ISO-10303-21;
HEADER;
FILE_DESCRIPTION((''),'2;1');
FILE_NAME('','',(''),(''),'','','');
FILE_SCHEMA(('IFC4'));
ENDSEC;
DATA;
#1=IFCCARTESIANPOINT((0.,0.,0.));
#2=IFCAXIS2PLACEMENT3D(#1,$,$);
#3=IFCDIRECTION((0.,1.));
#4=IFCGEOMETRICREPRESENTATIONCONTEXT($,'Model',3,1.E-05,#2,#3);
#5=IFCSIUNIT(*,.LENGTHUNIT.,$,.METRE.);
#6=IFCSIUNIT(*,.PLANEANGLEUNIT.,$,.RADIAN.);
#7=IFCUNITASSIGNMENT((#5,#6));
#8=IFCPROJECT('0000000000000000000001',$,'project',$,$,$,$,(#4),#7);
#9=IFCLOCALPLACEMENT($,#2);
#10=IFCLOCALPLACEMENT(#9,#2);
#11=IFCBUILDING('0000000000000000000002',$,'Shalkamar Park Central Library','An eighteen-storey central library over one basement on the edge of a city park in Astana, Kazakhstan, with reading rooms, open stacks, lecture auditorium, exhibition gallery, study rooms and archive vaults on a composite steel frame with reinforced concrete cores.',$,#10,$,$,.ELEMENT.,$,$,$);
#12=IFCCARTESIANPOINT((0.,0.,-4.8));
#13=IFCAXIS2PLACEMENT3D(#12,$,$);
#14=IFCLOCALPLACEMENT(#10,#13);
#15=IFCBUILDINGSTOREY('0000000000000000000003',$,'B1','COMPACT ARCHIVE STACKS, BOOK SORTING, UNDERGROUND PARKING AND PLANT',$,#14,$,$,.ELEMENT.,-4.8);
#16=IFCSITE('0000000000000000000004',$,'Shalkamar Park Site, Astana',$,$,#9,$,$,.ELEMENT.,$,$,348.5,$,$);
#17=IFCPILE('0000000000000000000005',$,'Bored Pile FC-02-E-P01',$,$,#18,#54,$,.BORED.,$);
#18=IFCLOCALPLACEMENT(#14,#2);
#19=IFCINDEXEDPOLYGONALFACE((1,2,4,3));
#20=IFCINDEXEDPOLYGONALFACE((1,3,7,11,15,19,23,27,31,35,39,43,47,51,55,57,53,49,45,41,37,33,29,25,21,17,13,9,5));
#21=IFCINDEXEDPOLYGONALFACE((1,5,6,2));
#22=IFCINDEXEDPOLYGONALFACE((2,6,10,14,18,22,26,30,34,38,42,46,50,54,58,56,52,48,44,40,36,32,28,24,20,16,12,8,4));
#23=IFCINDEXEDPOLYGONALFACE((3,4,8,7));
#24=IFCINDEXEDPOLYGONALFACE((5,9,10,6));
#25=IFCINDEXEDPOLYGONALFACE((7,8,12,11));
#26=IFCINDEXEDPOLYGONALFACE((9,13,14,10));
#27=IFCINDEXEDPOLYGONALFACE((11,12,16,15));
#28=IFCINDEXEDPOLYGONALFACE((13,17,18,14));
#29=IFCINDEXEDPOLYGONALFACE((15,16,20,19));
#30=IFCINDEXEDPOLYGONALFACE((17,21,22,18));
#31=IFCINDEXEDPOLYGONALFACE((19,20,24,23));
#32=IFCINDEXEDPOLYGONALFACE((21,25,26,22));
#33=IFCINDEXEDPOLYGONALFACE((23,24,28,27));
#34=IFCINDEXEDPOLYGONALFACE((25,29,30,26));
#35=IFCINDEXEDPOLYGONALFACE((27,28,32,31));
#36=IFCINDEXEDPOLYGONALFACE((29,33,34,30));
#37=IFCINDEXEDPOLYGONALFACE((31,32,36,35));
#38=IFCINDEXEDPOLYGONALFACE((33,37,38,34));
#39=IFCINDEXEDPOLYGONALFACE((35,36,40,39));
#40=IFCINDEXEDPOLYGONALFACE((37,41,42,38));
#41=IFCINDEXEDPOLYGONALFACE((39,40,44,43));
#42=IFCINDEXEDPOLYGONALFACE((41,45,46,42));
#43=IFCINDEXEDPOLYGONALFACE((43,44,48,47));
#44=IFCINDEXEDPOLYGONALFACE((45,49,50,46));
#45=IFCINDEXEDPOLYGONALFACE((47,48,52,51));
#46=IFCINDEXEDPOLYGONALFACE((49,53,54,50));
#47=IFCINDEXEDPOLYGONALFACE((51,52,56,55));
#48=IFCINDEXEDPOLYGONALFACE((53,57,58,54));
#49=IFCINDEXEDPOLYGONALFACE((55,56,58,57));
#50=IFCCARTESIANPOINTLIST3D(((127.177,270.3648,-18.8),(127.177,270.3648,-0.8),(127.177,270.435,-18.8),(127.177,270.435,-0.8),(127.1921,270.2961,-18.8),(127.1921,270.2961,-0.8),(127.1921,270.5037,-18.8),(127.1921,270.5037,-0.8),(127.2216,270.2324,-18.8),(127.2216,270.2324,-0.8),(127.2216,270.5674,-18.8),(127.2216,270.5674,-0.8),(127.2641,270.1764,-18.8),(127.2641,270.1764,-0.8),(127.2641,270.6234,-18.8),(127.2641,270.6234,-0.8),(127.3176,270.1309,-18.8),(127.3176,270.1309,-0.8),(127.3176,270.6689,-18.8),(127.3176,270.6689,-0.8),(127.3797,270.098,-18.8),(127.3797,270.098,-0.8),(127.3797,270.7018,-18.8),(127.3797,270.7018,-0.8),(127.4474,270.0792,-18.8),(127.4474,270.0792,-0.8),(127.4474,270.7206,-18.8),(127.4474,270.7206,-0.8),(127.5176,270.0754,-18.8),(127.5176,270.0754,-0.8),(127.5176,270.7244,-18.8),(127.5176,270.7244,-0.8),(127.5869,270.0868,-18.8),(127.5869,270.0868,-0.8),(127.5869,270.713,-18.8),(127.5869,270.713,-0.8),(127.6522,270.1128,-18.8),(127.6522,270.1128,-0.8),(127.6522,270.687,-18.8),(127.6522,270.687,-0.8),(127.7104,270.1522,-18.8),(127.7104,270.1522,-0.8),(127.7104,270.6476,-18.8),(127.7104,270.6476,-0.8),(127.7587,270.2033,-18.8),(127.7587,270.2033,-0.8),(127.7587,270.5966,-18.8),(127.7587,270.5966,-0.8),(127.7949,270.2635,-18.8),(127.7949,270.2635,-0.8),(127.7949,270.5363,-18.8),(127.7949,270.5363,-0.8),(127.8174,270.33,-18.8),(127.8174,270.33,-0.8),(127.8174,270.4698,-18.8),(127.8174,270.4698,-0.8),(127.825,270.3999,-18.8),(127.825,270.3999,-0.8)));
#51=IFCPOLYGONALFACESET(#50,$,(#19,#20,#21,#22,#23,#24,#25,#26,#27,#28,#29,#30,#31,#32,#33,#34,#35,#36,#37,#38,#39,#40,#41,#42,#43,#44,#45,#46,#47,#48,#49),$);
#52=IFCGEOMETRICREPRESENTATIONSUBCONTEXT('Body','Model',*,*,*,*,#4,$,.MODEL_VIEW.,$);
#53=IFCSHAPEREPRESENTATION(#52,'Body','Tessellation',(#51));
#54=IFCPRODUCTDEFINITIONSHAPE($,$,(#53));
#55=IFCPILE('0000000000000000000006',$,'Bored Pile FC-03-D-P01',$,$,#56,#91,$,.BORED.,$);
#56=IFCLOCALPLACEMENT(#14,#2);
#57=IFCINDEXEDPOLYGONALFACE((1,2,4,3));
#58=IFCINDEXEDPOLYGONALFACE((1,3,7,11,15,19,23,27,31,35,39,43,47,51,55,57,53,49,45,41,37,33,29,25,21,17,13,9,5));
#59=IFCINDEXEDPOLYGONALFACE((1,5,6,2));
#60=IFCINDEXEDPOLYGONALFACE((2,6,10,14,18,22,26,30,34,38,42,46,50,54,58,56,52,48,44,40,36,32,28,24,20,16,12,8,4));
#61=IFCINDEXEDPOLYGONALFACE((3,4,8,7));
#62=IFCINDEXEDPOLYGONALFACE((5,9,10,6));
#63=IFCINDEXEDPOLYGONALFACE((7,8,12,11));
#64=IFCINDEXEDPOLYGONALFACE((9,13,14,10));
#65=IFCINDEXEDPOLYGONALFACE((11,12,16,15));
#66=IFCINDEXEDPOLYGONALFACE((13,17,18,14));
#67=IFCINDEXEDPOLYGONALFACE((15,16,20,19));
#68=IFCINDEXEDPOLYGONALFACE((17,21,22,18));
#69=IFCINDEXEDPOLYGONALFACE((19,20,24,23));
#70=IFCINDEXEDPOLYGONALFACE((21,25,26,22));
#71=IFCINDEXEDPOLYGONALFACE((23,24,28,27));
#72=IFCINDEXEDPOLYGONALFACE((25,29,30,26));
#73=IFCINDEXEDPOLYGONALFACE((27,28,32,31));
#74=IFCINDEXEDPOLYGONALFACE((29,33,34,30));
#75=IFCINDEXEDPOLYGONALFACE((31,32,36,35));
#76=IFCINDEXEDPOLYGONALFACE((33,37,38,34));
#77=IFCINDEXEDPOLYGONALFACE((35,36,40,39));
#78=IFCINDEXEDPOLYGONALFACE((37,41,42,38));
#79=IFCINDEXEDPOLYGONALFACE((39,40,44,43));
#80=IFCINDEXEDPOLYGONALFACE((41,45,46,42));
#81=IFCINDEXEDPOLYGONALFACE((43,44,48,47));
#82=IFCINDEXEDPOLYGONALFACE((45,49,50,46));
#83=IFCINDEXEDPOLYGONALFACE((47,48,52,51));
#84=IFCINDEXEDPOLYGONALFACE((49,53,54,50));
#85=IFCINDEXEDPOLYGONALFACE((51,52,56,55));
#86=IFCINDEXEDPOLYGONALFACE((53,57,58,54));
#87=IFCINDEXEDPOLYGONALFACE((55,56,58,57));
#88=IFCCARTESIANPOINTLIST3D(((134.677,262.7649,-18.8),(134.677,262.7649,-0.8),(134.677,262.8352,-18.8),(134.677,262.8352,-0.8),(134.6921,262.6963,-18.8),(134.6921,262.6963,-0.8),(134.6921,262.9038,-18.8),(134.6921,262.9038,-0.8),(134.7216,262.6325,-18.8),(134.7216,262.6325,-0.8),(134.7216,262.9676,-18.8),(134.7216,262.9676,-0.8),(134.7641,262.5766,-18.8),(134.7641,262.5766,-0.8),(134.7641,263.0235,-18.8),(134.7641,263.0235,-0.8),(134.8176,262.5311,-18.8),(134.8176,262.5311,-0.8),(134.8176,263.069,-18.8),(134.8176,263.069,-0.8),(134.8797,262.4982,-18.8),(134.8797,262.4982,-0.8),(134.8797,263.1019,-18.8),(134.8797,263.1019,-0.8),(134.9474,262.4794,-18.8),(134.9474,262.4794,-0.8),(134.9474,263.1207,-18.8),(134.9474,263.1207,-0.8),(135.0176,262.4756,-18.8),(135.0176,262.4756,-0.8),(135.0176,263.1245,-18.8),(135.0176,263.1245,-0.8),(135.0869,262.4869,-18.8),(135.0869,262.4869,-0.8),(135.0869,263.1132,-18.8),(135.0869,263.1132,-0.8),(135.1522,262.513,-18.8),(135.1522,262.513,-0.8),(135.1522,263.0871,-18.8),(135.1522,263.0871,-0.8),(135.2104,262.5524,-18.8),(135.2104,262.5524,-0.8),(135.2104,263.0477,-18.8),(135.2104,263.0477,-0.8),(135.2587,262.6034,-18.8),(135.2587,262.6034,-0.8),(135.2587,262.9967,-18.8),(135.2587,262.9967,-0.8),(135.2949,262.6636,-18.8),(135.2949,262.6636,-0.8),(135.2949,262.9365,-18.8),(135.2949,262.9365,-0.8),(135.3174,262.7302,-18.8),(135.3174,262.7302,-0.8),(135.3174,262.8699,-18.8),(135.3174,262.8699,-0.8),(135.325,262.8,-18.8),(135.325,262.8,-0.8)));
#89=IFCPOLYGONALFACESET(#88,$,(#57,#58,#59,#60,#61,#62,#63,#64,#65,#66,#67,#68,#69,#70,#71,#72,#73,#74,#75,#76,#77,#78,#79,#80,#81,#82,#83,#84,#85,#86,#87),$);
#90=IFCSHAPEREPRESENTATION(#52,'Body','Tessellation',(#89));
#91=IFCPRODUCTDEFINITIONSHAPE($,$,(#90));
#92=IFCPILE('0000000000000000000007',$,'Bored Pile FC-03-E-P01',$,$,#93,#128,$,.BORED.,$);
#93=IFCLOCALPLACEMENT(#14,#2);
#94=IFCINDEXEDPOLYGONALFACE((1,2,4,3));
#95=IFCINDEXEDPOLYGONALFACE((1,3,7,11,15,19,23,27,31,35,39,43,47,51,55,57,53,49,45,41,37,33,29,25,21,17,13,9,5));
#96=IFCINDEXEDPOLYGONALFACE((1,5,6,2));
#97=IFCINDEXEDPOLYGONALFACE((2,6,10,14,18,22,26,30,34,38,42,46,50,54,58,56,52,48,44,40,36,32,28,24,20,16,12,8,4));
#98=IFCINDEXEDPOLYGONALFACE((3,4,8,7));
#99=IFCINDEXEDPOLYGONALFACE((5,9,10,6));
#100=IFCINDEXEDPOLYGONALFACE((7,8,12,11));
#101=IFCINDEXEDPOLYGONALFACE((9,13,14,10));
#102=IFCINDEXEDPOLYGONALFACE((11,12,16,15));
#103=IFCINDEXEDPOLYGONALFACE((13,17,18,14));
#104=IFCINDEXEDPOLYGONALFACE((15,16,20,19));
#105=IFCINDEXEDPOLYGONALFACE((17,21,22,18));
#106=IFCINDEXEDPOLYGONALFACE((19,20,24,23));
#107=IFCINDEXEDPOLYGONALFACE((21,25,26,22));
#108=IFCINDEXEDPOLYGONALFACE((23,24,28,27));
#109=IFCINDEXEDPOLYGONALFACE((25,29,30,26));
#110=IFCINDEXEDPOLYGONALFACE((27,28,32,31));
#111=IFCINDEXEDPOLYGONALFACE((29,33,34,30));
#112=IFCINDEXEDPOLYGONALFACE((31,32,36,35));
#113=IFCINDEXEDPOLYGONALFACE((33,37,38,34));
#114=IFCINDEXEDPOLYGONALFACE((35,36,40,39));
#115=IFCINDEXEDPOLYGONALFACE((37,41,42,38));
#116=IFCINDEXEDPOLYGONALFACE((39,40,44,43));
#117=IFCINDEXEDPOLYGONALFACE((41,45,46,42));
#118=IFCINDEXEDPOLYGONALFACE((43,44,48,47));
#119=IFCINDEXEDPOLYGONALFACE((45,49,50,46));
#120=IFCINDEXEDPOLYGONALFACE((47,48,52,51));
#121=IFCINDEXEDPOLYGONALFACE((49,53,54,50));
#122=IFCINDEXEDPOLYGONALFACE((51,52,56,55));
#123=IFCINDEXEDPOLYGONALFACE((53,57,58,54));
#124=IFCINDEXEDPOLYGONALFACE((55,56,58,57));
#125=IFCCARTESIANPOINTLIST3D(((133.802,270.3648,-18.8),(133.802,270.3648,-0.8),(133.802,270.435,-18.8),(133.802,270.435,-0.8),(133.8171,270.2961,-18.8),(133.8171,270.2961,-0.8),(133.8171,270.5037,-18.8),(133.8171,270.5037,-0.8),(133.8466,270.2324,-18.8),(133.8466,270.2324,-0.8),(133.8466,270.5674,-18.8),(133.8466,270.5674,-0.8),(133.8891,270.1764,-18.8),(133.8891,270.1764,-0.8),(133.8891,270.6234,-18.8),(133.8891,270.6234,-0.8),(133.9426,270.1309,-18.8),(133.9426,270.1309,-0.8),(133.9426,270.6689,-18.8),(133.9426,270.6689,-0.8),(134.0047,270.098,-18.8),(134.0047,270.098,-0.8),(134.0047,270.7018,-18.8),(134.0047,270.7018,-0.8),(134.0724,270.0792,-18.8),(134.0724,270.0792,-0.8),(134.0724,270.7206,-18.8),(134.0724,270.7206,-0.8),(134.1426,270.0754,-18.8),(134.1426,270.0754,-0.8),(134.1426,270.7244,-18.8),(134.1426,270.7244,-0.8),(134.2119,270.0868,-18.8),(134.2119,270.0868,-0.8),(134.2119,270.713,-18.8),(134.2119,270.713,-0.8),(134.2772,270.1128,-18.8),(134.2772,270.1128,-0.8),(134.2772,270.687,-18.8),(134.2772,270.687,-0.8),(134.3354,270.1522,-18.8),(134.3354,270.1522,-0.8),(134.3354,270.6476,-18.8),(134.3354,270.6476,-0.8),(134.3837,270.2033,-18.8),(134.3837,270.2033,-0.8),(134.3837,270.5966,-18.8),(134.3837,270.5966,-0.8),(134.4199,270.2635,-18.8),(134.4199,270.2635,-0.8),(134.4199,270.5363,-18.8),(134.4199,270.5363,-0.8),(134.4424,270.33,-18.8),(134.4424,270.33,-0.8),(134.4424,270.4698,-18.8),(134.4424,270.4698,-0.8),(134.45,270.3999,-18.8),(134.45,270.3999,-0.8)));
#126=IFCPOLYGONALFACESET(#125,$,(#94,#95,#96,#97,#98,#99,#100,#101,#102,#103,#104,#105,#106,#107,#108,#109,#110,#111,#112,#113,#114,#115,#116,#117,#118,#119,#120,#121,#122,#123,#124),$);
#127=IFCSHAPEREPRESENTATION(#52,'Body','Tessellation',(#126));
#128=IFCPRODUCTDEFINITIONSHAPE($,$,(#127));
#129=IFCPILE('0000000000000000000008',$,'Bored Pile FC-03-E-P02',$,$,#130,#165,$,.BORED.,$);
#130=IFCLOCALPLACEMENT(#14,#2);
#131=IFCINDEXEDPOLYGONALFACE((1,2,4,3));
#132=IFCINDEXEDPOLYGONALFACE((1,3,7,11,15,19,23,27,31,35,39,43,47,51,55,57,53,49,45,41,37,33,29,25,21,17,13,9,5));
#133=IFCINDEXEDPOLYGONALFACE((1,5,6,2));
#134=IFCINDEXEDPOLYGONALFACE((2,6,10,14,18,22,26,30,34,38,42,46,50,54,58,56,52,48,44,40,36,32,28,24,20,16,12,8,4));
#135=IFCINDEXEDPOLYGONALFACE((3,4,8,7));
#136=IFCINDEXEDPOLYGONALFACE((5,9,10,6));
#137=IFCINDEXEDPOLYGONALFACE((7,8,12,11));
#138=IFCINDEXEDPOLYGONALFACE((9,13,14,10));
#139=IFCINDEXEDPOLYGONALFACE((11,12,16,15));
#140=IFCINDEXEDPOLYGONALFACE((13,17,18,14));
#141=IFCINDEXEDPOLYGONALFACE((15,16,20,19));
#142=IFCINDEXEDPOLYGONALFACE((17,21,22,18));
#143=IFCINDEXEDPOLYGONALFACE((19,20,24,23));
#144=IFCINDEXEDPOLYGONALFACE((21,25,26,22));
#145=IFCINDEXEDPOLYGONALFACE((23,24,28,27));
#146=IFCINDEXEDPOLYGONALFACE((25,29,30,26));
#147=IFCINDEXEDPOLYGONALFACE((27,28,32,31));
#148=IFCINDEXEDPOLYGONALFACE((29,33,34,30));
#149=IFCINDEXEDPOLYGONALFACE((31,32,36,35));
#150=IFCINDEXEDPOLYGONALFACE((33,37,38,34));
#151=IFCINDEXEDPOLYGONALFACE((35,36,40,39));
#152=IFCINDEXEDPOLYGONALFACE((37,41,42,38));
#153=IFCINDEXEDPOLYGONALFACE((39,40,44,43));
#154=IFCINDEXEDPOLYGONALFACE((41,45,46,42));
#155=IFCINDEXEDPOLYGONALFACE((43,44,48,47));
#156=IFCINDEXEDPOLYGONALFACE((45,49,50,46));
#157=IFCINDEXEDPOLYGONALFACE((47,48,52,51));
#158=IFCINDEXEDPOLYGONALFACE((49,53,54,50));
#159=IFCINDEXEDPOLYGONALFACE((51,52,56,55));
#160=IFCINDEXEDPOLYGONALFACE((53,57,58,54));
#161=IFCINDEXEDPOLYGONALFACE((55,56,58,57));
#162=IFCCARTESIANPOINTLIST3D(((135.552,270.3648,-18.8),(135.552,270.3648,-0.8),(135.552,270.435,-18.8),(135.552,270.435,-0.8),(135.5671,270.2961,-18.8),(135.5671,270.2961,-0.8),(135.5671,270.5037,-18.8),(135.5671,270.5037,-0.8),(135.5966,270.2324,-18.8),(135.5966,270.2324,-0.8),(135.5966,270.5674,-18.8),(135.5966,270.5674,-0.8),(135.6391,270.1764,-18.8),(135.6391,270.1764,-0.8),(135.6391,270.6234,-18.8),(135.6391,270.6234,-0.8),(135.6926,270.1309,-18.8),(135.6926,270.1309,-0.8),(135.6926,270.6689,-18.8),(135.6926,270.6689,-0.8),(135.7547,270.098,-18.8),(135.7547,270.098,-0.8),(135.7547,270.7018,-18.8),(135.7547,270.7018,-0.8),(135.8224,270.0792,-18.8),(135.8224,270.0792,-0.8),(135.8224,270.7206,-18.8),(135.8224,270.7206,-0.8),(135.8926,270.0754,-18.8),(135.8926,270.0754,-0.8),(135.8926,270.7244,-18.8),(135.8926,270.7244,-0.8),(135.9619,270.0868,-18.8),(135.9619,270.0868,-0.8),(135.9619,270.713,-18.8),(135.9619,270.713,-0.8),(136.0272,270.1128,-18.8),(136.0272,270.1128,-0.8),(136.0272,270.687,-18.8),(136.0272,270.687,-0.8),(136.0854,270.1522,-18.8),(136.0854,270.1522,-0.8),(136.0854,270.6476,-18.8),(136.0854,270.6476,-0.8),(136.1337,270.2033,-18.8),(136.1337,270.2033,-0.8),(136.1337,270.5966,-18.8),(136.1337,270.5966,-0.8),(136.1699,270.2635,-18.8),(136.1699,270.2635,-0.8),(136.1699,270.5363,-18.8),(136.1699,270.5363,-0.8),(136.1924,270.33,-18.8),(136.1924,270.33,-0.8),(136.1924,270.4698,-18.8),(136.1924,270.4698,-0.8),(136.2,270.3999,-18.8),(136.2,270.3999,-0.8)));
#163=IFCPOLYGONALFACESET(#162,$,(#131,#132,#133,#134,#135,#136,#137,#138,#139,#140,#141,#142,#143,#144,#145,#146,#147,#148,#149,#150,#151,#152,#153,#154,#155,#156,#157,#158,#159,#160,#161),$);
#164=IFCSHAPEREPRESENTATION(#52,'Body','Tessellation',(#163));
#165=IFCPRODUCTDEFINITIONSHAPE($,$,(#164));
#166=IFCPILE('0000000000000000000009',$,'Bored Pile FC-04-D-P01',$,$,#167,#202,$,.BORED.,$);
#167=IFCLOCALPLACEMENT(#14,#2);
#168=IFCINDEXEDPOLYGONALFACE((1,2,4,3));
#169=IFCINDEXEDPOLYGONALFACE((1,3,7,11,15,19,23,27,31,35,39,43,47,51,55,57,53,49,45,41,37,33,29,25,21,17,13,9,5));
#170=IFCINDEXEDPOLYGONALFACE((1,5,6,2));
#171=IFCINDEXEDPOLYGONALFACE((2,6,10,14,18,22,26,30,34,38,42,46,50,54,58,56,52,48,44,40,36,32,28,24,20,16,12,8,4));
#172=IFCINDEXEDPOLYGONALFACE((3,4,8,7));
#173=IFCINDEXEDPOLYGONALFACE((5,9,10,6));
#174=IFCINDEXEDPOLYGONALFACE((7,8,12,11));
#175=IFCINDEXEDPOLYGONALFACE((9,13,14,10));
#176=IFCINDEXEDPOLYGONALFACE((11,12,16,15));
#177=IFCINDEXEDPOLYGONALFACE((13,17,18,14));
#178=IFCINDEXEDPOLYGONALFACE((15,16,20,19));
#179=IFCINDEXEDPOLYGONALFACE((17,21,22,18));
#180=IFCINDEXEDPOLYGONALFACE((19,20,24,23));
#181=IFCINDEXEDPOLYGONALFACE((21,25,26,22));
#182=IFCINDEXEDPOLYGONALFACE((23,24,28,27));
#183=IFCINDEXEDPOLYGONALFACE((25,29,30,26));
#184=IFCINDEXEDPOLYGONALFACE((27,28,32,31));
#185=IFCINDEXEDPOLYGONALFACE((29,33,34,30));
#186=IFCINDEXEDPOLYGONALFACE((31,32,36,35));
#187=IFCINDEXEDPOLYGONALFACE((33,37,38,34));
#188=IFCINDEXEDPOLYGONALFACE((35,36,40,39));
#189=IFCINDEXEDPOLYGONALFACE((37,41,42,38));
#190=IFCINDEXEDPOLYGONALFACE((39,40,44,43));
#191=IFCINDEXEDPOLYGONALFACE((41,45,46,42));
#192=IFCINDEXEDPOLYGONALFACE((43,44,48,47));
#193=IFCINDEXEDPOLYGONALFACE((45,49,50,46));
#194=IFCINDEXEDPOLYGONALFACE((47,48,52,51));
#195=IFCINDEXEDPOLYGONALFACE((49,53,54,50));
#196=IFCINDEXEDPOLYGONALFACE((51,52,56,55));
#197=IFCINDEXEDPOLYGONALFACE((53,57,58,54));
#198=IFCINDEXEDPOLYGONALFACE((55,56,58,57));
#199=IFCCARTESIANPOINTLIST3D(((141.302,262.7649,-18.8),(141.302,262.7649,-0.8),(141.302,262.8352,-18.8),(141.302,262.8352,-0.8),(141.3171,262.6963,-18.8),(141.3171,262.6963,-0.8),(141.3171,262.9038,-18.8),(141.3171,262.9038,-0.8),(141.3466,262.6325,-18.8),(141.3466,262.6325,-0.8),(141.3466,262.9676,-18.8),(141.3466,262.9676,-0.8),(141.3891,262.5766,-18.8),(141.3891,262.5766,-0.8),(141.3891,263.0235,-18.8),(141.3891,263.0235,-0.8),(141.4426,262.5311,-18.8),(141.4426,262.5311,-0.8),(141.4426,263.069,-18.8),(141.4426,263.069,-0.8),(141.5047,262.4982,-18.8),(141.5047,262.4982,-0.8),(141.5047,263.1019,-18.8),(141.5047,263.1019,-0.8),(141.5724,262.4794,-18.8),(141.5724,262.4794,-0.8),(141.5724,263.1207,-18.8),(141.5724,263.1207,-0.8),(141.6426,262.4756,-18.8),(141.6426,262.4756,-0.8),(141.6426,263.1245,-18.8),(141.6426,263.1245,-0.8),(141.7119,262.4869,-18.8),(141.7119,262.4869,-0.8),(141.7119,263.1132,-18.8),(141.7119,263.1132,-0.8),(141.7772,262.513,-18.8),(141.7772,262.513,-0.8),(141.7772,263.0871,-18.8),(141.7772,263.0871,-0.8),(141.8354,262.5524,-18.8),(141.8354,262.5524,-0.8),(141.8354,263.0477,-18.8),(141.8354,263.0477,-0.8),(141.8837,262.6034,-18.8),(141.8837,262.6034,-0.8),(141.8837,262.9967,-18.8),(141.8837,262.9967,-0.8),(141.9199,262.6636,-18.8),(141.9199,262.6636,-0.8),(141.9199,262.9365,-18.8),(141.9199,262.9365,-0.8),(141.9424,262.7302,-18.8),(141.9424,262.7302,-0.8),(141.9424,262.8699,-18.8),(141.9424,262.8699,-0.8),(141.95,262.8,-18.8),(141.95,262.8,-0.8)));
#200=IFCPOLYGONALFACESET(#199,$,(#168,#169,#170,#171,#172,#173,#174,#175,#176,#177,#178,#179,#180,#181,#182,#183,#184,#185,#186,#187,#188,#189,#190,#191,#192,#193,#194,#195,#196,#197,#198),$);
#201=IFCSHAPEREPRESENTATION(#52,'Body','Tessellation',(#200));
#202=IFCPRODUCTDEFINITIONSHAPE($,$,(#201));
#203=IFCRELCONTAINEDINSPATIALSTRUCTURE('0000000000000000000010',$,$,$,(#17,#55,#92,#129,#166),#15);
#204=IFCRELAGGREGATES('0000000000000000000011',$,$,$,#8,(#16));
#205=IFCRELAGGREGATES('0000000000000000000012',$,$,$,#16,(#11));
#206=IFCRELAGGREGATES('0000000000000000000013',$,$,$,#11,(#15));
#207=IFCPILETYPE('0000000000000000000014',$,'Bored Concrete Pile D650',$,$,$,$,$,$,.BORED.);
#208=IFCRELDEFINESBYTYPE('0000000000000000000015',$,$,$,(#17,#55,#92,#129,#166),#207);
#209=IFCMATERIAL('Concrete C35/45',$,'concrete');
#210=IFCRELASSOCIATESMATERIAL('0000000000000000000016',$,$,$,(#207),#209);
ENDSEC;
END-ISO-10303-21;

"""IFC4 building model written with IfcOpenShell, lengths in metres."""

from ifc_helpers import new_model, si_unit, direction, frame, origin, origin_2d, place, context, subcontext, project, spatial, circle, extrude, material, material_profile, profile_set, type_object, element, save


model = new_model("IFC4")

# Units and contexts
model_context = context("Model", 3, precision=1e-05, world=origin(), true_north=direction((0.0, 1.0)))
body_context = subcontext(model_context, "Body", "Model", "MODEL_VIEW")
ifc_project = project(units=[si_unit("LENGTHUNIT", "METRE"), si_unit("PLANEANGLEUNIT", "RADIAN")], contexts=[model_context])

# Site, building, storey
site_placement = place(None, origin())
site = spatial("IfcSite", under=ifc_project, at=site_placement, Name="Shalkamar Park Site, Astana", CompositionType="ELEMENT", RefElevation=348.5)
building_placement = place(site_placement, origin())
building = spatial("IfcBuilding", under=site, at=building_placement, Name="Shalkamar Park Central Library", Description="An eighteen-storey central library over one basement on the edge of a city park in Astana, Kazakhstan, with reading rooms, open stacks, lecture auditorium, exhibition gallery, study rooms and archive vaults on a composite steel frame with reinforced concrete cores.", CompositionType="ELEMENT")
storey_placement = place(building_placement, frame((0.0, 0.0, -4.8)))
storey = spatial("IfcBuildingStorey", under=building, at=storey_placement, Name="B1", Description="COMPACT ARCHIVE STACKS, BOOK SORTING, UNDERGROUND PARKING AND PLANT", CompositionType="ELEMENT", Elevation=-4.8)

# Piles
ifc_material_1 = material(Name="Concrete C35/45", Category="concrete")
ifc_material_profile_1 = material_profile(ifc_material_1, circle(Radius=0.325, at=origin_2d()), Name="PILE D650")
ifc_profile_set_1 = profile_set([ifc_material_profile_1], Name="Concrete C35/45")
pile_type_1 = type_object("IfcPileType", Name="Bored Concrete Pile D650", PredefinedType="BORED", material=ifc_profile_set_1)
for number, where, z_axis, x_axis, name in (
    (1, (127.5, 270.3999, -0.8), (0.0, 0.0, -1.0), (1.0, 0.0, 0.0), "Bored Pile FC-02-E-P01"),
    (2, (135.0, 262.8, -0.8), (0.0, 0.0, -1.0), (1.0, 0.0, 0.0), "Bored Pile FC-03-D-P01"),
    (3, (134.125, 270.3999, -0.8), (0.0, 0.0, -1.0), (1.0, 0.0, 0.0), "Bored Pile FC-03-E-P01"),
    (4, (135.875, 270.3999, -0.8), (0.0, 0.0, -1.0), (1.0, 0.0, 0.0), "Bored Pile FC-03-E-P02"),
    (5, (141.625, 262.8, -0.8), (0.0, 0.0, -1.0), (1.0, 0.0, 0.0), "Bored Pile FC-04-D-P01"),
):
    element("IfcPile", number, at=place(storey_placement, frame(where, z_axis=z_axis, x_axis=x_axis)), inside=storey, type_object=pile_type_1, Name=name, PredefinedType="BORED", context=body_context, shape_type="SweptSolid", body=[
        extrude(circle(Radius=0.325, at=origin_2d()), origin(), (0.0, 0.0, 1.0), 18.0),
    ])

save(model, "model.ifc")
